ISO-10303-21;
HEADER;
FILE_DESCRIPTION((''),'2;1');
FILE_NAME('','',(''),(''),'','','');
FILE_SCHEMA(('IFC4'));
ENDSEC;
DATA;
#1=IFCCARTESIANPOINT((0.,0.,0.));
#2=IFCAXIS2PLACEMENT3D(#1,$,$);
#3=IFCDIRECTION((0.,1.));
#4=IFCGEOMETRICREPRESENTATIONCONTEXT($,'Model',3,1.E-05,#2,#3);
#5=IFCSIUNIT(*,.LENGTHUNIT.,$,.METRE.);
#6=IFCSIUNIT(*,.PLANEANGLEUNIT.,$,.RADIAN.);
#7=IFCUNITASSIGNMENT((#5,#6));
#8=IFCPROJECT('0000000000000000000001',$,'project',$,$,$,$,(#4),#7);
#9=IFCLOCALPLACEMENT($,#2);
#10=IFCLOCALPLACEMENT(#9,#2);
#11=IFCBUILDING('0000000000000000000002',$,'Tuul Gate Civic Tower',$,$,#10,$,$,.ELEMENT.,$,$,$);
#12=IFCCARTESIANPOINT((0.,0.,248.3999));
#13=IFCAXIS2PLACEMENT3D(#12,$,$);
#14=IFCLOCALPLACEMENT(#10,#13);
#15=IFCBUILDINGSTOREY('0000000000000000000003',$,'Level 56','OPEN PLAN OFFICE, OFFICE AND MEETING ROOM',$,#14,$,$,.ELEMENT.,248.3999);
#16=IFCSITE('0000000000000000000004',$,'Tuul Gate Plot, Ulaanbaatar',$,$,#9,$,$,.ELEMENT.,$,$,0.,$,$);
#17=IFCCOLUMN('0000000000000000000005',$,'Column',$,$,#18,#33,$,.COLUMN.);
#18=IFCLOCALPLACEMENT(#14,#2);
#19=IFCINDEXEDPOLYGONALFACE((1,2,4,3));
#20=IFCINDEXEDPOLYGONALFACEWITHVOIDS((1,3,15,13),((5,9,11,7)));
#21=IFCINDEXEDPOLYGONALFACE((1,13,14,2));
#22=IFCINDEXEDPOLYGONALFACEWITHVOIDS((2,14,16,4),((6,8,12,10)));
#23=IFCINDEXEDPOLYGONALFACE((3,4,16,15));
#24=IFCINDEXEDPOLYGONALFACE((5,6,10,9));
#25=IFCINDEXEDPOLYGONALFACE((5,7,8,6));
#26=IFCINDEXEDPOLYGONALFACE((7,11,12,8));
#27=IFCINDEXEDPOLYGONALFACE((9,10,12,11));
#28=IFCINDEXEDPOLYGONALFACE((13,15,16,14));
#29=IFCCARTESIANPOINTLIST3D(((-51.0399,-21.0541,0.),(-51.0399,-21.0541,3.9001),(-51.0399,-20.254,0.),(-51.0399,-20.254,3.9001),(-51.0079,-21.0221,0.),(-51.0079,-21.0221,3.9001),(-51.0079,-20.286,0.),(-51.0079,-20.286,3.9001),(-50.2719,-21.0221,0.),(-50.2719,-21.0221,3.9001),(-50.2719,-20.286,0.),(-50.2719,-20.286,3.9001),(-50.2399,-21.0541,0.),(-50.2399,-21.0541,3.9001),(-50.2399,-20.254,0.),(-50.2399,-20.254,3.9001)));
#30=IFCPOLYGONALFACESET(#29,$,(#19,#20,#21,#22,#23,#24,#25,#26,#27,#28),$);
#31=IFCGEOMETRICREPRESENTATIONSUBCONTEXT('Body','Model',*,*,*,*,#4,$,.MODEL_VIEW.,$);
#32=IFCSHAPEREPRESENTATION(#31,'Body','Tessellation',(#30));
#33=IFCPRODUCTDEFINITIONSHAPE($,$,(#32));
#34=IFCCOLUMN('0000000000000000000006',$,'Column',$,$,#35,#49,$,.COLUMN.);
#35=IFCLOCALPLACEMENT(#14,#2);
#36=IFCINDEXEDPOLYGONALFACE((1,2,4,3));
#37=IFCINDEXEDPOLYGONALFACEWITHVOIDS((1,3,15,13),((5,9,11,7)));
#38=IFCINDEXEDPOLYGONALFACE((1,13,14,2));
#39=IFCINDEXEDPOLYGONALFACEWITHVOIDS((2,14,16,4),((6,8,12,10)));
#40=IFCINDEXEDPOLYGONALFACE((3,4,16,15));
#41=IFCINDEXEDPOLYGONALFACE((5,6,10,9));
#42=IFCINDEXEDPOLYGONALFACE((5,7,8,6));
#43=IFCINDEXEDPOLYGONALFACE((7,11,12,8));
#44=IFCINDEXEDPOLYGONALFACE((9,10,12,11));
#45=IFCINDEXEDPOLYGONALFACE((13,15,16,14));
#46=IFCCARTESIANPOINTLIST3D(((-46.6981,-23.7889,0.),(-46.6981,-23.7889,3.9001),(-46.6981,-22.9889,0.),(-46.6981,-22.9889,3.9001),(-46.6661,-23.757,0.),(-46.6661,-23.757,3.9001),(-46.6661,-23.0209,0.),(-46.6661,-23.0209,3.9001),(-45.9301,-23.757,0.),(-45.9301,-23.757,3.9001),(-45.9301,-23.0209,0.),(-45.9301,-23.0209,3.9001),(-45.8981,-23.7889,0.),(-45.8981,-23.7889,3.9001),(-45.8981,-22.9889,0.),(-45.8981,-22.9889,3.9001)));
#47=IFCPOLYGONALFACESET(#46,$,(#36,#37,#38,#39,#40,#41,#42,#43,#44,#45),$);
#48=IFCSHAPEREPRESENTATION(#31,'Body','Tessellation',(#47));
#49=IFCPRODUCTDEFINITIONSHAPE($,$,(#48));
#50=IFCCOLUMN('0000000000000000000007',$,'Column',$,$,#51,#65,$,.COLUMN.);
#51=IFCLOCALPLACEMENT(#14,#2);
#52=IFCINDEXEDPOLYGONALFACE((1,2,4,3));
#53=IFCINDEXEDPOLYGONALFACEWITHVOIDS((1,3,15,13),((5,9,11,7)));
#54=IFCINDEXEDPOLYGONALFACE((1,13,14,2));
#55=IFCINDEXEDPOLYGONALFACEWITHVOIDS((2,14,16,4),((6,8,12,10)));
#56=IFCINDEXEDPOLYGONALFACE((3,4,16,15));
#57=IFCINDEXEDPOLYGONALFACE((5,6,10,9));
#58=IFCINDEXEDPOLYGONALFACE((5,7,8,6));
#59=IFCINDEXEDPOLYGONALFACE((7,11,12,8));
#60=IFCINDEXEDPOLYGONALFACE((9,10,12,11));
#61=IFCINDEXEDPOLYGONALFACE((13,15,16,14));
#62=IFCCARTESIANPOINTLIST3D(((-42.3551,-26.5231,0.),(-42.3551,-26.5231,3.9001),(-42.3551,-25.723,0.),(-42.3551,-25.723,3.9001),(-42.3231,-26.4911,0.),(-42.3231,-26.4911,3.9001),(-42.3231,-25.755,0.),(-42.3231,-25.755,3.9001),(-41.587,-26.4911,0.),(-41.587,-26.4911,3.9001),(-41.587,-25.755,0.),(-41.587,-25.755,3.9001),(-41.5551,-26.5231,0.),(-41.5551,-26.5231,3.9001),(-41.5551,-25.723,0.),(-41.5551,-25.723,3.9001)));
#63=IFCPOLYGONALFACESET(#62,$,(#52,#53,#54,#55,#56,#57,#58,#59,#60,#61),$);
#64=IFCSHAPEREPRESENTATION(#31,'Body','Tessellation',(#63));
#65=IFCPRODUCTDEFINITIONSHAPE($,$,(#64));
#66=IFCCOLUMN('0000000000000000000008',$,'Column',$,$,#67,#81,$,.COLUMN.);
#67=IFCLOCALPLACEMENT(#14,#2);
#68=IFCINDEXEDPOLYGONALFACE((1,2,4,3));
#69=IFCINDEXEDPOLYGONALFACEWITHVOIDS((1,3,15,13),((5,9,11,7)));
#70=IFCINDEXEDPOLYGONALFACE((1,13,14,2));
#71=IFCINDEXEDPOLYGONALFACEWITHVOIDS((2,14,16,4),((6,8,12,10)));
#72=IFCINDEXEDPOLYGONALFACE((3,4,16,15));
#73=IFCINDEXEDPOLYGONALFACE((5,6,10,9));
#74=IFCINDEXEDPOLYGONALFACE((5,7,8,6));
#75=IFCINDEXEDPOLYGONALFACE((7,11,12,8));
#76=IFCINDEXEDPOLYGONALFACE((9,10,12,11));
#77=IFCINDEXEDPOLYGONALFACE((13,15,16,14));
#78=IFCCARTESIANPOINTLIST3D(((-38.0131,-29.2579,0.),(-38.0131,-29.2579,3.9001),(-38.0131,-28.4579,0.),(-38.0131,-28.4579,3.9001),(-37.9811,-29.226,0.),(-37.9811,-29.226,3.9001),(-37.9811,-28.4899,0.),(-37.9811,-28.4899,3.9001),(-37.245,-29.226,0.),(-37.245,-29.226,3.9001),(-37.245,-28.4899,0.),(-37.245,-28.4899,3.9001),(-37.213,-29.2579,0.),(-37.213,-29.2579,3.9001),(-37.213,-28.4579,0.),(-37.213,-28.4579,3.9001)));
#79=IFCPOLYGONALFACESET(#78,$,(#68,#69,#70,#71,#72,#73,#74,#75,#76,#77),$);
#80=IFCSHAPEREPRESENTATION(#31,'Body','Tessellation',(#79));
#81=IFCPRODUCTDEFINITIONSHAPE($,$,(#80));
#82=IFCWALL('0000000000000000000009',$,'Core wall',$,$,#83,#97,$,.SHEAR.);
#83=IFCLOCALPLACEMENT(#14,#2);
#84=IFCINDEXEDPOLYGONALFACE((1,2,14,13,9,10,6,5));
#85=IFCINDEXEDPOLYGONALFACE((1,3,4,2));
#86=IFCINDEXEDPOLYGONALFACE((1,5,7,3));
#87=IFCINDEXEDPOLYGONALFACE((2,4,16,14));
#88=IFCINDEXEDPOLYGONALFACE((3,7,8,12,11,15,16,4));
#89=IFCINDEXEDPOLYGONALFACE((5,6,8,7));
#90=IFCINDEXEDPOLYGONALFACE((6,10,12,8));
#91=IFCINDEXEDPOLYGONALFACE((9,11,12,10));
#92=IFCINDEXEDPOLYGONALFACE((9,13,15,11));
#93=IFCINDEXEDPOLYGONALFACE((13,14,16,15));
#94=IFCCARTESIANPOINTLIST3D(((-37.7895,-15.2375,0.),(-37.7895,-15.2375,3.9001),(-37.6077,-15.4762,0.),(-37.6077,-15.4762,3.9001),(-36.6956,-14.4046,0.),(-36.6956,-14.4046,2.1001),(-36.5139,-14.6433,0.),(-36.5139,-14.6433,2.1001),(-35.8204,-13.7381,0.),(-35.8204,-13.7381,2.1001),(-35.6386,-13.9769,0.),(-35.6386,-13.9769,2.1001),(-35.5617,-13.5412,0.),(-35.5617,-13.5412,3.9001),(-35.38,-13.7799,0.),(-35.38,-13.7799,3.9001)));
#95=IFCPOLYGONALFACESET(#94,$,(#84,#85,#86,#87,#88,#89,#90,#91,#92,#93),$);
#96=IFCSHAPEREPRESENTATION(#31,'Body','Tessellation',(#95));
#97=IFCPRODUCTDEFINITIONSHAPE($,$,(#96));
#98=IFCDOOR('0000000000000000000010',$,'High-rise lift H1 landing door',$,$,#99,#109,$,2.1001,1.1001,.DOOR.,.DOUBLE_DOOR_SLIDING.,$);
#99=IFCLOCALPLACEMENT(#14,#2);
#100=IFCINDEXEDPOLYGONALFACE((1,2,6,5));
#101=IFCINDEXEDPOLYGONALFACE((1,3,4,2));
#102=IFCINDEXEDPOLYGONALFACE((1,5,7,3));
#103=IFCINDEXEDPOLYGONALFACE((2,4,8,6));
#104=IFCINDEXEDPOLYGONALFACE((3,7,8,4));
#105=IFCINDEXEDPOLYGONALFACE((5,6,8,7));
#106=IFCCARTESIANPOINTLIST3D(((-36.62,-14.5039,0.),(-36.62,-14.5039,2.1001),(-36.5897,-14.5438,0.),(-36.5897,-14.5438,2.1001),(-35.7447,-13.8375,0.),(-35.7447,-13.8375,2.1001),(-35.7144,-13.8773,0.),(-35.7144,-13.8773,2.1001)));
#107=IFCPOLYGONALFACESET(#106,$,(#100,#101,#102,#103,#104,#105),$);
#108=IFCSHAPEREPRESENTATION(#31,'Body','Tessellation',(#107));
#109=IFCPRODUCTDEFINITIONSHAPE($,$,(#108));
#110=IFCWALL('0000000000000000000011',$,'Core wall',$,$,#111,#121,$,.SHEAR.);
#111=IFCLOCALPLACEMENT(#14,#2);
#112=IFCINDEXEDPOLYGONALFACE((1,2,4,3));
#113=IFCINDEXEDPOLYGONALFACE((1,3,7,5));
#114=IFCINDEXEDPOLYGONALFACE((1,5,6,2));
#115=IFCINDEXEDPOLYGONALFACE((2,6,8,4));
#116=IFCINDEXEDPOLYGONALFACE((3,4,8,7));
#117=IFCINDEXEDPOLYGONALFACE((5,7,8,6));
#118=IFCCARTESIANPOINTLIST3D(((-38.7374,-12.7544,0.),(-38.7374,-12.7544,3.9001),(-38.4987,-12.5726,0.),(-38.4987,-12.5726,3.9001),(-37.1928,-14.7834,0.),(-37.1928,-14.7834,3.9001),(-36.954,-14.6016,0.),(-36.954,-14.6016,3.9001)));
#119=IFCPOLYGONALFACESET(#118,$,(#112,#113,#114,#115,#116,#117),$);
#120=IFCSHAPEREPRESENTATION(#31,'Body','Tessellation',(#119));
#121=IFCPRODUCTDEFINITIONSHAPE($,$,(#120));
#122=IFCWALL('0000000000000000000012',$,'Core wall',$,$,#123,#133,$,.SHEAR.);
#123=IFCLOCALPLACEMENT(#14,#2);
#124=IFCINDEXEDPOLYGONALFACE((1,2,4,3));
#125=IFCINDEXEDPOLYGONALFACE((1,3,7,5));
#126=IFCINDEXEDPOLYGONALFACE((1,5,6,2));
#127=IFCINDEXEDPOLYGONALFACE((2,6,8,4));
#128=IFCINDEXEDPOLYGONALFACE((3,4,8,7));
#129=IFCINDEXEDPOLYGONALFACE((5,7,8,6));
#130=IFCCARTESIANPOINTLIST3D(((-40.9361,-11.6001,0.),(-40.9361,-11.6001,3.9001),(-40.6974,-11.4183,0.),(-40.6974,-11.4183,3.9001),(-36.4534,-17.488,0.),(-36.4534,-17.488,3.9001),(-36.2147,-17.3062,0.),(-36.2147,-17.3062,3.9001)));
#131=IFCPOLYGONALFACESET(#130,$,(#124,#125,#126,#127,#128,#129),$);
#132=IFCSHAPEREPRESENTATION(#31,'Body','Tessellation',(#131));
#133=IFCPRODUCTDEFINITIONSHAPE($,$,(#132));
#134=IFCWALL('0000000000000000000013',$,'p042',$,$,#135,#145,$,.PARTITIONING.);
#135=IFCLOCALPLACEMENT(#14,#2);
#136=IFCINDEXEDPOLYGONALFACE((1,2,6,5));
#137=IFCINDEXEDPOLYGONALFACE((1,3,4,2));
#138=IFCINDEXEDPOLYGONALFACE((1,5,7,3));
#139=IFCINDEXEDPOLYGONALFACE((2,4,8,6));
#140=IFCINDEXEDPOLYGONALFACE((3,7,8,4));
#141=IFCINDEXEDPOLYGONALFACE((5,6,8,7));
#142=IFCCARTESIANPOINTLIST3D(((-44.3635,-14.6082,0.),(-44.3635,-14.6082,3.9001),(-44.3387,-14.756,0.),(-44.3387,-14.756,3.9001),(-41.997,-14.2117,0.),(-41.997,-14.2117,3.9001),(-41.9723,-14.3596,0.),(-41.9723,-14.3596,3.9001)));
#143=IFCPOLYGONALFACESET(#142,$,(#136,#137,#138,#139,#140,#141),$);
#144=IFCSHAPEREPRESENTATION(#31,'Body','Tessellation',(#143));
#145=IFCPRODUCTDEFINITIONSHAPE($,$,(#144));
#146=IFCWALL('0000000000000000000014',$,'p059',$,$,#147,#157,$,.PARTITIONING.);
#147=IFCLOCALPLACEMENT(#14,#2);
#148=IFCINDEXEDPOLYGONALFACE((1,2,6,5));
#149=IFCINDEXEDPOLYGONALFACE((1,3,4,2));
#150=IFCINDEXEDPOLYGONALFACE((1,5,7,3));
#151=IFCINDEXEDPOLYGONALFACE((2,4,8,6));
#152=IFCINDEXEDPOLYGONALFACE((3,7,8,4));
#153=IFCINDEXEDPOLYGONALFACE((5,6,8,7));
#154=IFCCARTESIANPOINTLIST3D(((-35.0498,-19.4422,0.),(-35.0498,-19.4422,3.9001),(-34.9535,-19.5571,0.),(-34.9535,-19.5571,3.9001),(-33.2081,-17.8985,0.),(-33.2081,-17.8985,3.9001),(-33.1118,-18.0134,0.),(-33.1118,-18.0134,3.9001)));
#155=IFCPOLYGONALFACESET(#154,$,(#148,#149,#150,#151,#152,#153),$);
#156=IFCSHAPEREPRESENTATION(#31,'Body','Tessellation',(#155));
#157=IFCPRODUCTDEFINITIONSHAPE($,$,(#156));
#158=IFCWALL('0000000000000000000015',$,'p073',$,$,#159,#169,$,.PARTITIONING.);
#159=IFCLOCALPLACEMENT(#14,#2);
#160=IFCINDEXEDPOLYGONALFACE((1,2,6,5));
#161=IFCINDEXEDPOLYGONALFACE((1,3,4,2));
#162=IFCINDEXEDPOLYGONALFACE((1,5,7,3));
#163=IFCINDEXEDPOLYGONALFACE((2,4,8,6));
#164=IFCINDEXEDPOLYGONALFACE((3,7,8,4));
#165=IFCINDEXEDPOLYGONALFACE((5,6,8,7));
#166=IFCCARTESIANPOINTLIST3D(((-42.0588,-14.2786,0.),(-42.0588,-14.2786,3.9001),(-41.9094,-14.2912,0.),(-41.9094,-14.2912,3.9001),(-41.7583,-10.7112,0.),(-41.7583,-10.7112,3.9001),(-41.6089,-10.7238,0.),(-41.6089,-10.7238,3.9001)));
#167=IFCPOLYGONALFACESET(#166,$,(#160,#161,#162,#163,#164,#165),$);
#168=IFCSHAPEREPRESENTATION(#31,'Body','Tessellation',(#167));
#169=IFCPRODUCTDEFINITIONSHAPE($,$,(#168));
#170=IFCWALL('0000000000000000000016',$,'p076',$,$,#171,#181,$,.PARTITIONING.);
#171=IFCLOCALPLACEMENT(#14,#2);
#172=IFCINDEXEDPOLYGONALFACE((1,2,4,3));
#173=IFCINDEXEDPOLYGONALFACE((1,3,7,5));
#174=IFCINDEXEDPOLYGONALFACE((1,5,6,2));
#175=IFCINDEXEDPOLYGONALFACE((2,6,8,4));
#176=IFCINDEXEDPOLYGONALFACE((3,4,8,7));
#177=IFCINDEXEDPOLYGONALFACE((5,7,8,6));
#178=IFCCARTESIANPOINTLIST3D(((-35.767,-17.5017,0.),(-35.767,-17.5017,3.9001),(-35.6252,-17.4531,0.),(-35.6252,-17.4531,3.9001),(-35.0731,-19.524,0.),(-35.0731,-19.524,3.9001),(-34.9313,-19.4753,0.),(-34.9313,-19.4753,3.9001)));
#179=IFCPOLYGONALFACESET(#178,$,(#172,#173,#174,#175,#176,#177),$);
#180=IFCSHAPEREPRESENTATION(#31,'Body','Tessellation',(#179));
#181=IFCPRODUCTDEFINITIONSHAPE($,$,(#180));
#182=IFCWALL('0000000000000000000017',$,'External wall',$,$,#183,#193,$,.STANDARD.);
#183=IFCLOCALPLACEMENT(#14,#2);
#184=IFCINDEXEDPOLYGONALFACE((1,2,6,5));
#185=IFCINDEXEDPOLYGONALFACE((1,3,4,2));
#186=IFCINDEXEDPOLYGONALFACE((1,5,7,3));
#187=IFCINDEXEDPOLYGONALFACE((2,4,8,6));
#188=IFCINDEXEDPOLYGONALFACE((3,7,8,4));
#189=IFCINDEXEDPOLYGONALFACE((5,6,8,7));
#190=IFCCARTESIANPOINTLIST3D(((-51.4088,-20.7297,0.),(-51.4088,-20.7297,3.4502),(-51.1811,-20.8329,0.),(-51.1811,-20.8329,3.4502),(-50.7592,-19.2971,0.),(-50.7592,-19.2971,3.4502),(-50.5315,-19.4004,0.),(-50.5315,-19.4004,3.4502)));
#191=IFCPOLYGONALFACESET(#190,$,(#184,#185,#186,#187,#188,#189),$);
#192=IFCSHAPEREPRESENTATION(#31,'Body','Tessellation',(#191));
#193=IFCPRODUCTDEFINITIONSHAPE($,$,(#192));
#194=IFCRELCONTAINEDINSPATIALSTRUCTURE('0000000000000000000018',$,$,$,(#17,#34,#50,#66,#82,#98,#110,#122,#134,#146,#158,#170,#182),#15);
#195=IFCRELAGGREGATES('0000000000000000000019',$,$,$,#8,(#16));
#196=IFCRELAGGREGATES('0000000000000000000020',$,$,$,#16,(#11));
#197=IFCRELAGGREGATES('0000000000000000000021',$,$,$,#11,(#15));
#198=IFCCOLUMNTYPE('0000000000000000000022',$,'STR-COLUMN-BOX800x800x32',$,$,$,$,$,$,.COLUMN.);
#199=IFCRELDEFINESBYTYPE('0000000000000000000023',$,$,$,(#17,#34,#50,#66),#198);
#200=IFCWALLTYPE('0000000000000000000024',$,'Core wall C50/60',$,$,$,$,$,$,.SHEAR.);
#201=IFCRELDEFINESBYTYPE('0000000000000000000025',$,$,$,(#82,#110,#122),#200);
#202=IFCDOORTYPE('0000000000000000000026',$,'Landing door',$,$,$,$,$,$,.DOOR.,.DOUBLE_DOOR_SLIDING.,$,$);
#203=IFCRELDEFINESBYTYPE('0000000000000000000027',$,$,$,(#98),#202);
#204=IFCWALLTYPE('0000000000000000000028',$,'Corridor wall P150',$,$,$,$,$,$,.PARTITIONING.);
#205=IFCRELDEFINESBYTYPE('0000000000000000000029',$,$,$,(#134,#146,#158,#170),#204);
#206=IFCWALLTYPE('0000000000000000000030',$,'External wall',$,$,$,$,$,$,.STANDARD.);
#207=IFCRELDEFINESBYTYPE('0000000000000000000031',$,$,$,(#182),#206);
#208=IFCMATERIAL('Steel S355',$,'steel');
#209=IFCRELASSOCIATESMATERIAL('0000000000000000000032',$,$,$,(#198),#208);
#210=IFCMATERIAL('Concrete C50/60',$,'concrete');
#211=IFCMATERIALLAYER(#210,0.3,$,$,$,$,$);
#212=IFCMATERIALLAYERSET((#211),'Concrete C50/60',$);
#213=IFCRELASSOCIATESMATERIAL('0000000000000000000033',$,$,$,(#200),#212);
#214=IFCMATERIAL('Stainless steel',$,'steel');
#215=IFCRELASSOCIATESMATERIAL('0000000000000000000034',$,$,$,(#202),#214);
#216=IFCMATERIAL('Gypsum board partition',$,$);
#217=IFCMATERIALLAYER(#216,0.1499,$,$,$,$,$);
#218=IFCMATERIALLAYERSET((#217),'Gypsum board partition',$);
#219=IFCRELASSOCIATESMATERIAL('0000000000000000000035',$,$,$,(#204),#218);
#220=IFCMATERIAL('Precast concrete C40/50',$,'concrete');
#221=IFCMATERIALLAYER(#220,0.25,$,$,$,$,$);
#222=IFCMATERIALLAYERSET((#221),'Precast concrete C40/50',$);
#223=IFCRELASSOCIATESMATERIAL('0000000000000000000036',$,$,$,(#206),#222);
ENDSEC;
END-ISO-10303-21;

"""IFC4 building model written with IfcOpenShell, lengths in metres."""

from ifc_helpers import new_model, si_unit, direction, frame, frame_2d, origin, origin_2d, place, context, subcontext, project, spatial, rectangle, hollow_rectangle, extrude, material, layer, layer_set, material_profile, profile_set, type_object, element, fill, save


model = new_model("IFC4")

# Units and contexts
model_context = context("Model", 3, precision=1e-05, world=origin(), true_north=direction((0.0, 1.0)))
body_context = subcontext(model_context, "Body", "Model", "MODEL_VIEW")
ifc_project = project(units=[si_unit("LENGTHUNIT", "METRE"), si_unit("PLANEANGLEUNIT", "RADIAN")], contexts=[model_context])

# Site, building, storey
site_placement = place(None, origin())
site = spatial("IfcSite", under=ifc_project, at=site_placement, Name="Tuul Gate Plot, Ulaanbaatar", CompositionType="ELEMENT", RefElevation=0.0)
building_placement = place(site_placement, origin())
building = spatial("IfcBuilding", under=site, at=building_placement, Name="Tuul Gate Civic Tower", CompositionType="ELEMENT")
storey_placement = place(building_placement, frame((0.0, 0.0, 248.3999)))
storey = spatial("IfcBuildingStorey", under=building, at=storey_placement, Name="Level 56", Description="OPEN PLAN OFFICE, OFFICE AND MEETING ROOM", CompositionType="ELEMENT", Elevation=248.3999)

# Columns
ifc_material_1 = material(Name="Steel S355", Category="steel")
ifc_material_profile_1 = material_profile(ifc_material_1, hollow_rectangle(XDim=0.8, YDim=0.8, WallThickness=0.032, at=origin_2d()), Name="BOX800x800x32")
ifc_profile_set_1 = profile_set([ifc_material_profile_1], Name="Steel S355")
column_type = type_object("IfcColumnType", Name="STR-COLUMN-BOX800x800x32", PredefinedType="COLUMN", material=ifc_profile_set_1)
for number, where, z_axis, x_axis, name in (
    (1, (-50.6399, -20.6541, 0.0), (0.0, 0.0, 1.0), (1.0, 0.0, 0.0), "Column"),
    (2, (-46.2981, -23.3889, 0.0), (0.0, 0.0, 1.0), (1.0, 0.0, 0.0), "Column"),
    (3, (-41.9551, -26.123, 0.0), (0.0, 0.0, 1.0), (1.0, 0.0, 0.0), "Column"),
    (4, (-37.613, -28.8579, 0.0), (0.0, 0.0, 1.0), (1.0, 0.0, 0.0), "Column"),
):
    element("IfcColumn", number, at=place(storey_placement, frame(where, z_axis=z_axis, x_axis=x_axis)), inside=storey, type_object=column_type, Name=name, PredefinedType="COLUMN", context=body_context, shape_type="SweptSolid", body=[
        extrude(hollow_rectangle(XDim=0.8, YDim=0.8, WallThickness=0.032, at=origin_2d()), origin(), (0.0, 0.0, 1.0), 3.9001),
    ])

# Wall, opening, door
ifc_material_2 = material(Name="Concrete C50/60", Category="concrete")
ifc_layer_1 = layer(ifc_material_2, 0.3)
ifc_layer_set_1 = layer_set([ifc_layer_1], Name="Concrete C50/60")
wall_type_1 = type_object("IfcWallType", Name="Core wall C50/60", PredefinedType="SHEAR", material=ifc_layer_set_1)
wall_1_placement = place(storey_placement, frame((-35.4709, -13.6606, 0.0), z_axis=(0.0, 0.0, 1.0), x_axis=(-0.795616, -0.605802, 0.0)))
wall_1 = element("IfcWall", 5, at=wall_1_placement, inside=storey, type_object=wall_type_1, Name="Core wall", PredefinedType="SHEAR", context=body_context, shape_type="SweptSolid", body=[
    extrude(rectangle(XDim=2.8, YDim=0.3, at=frame_2d((1.3999, 0.0))), origin(), (0.0, 0.0, 1.0), 3.9001),
])
opening_1_placement = place(wall_1_placement, frame((0.325, 0.0, 0.0)))
opening_1 = element("IfcOpeningElement", 6, at=opening_1_placement, cuts=wall_1, PredefinedType="OPENING", context=body_context, shape_type="SweptSolid", body=[
    extrude(rectangle(XDim=1.1001, YDim=2.1001, at=frame_2d((0.55, 1.05))), frame((0.0, 0.1602, 0.0), z_axis=(0.0, -1.0, 0.0), x_axis=(1.0, 0.0, 0.0)), (0.0, 0.0, 1.0), 0.3201),
])
ifc_material_3 = material(Name="Stainless steel", Category="steel")
door_type = type_object("IfcDoorType", Name="Landing door", OperationType="DOUBLE_DOOR_SLIDING", PredefinedType="DOOR", material=ifc_material_3)
door_placement = place(opening_1_placement, origin())
door = element("IfcDoor", 7, at=door_placement, inside=storey, type_object=door_type, Name="High-rise lift H1 landing door", OperationType="DOUBLE_DOOR_SLIDING", OverallHeight=2.1001, OverallWidth=1.1001, PredefinedType="DOOR", context=body_context, shape_type="SweptSolid", body=[
    extrude(rectangle(XDim=1.1001, YDim=2.1001, at=frame_2d((0.55, 1.05))), frame((0.0, 0.0249, 0.0), z_axis=(0.0, -1.0, 0.0), x_axis=(1.0, 0.0, 0.0)), (0.0, 0.0, 1.0), 0.05),
])
fill(opening_1, door)

# Walls
wall_2_placement = place(storey_placement, frame((-37.0735, -14.6924, 0.0), z_axis=(0.0, 0.0, 1.0), x_axis=(-0.605729, 0.795671, 0.0)))
element("IfcWall", 8, at=wall_2_placement, inside=storey, type_object=wall_type_1, Name="Core wall", PredefinedType="SHEAR", context=body_context, shape_type="SweptSolid", body=[
    extrude(rectangle(XDim=2.55, YDim=0.3, at=frame_2d((1.2749, 0.0))), origin(), (0.0, 0.0, 1.0), 3.9001),
])
wall_3_placement = place(storey_placement, frame((-36.334, -17.3972, 0.0), z_axis=(0.0, 0.0, 1.0), x_axis=(-0.605754, 0.795652, 0.0)))
element("IfcWall", 9, at=wall_3_placement, inside=storey, type_object=wall_type_1, Name="Core wall", PredefinedType="SHEAR", context=body_context, shape_type="SweptSolid", body=[
    extrude(rectangle(XDim=7.4001, YDim=0.3, at=frame_2d((3.7002, 0.0))), origin(), (0.0, 0.0, 1.0), 3.9001),
])
ifc_material_4 = material(Name="Gypsum board partition")
ifc_layer_2 = layer(ifc_material_4, 0.1499)
ifc_layer_set_2 = layer_set([ifc_layer_2], Name="Gypsum board partition")
wall_type_2 = type_object("IfcWallType", Name="Corridor wall P150", PredefinedType="PARTITIONING", material=ifc_layer_set_2)
wall_4_placement = place(storey_placement, frame((-44.3511, -14.6821, 0.0), z_axis=(0.0, 0.0, 1.0), x_axis=(0.986253, 0.16524, 0.0)))
element("IfcWall", 10, at=wall_4_placement, inside=storey, type_object=wall_type_2, Name="p042", PredefinedType="PARTITIONING", context=body_context, shape_type="SweptSolid", body=[
    extrude(rectangle(XDim=2.3994, YDim=0.1499, at=frame_2d((1.1997, 0.0))), origin(), (0.0, 0.0, 1.0), 3.9001),
])
wall_5_placement = place(storey_placement, frame((-35.0017, -19.4998, 0.0), z_axis=(0.0, 0.0, 1.0), x_axis=(0.766361, 0.64241, 0.0)))
element("IfcWall", 11, at=wall_5_placement, inside=storey, type_object=wall_type_2, Name="p059", PredefinedType="PARTITIONING", context=body_context, shape_type="SweptSolid", body=[
    extrude(rectangle(XDim=2.4031, YDim=0.1499, at=frame_2d((1.2017, 0.0))), origin(), (0.0, 0.0, 1.0), 3.9001),
])
wall_6_placement = place(storey_placement, frame((-41.9841, -14.2849, 0.0), z_axis=(0.0, 0.0, 1.0), x_axis=(0.083948, 0.99647, 0.0)))
element("IfcWall", 12, at=wall_6_placement, inside=storey, type_object=wall_type_2, Name="p073", PredefinedType="PARTITIONING", context=body_context, shape_type="SweptSolid", body=[
    extrude(rectangle(XDim=3.5801, YDim=0.1499, at=frame_2d((1.79, 0.0))), origin(), (0.0, 0.0, 1.0), 3.9001),
])
wall_7_placement = place(storey_placement, frame((-35.696, -17.4775, 0.0), z_axis=(0.0, 0.0, 1.0), x_axis=(0.32454, -0.945872, 0.0)))
element("IfcWall", 13, at=wall_7_placement, inside=storey, type_object=wall_type_2, Name="p076", PredefinedType="PARTITIONING", context=body_context, shape_type="SweptSolid", body=[
    extrude(rectangle(XDim=2.1379, YDim=0.1499, at=frame_2d((1.0688, 0.0))), origin(), (0.0, 0.0, 1.0), 3.9001),
])
ifc_material_5 = material(Name="Precast concrete C40/50", Category="concrete")
ifc_layer_3 = layer(ifc_material_5, 0.25)
ifc_layer_set_3 = layer_set([ifc_layer_3], Name="Precast concrete C40/50")
wall_type_3 = type_object("IfcWallType", Name="External wall", PredefinedType="STANDARD", material=ifc_layer_set_3)
wall_8_placement = place(storey_placement, frame((-50.6453, -19.3486, 0.0), z_axis=(0.0, 0.0, 1.0), x_axis=(-0.412996, -0.910733, 0.0)))
element("IfcWall", 14, at=wall_8_placement, inside=storey, type_object=wall_type_3, Name="External wall", PredefinedType="STANDARD", context=body_context, shape_type="SweptSolid", body=[
    extrude(rectangle(XDim=1.573, YDim=0.25, at=frame_2d((0.7866, 0.0))), origin(), (0.0, 0.0, 1.0), 3.4502),
])

save(model, "model.ifc")
